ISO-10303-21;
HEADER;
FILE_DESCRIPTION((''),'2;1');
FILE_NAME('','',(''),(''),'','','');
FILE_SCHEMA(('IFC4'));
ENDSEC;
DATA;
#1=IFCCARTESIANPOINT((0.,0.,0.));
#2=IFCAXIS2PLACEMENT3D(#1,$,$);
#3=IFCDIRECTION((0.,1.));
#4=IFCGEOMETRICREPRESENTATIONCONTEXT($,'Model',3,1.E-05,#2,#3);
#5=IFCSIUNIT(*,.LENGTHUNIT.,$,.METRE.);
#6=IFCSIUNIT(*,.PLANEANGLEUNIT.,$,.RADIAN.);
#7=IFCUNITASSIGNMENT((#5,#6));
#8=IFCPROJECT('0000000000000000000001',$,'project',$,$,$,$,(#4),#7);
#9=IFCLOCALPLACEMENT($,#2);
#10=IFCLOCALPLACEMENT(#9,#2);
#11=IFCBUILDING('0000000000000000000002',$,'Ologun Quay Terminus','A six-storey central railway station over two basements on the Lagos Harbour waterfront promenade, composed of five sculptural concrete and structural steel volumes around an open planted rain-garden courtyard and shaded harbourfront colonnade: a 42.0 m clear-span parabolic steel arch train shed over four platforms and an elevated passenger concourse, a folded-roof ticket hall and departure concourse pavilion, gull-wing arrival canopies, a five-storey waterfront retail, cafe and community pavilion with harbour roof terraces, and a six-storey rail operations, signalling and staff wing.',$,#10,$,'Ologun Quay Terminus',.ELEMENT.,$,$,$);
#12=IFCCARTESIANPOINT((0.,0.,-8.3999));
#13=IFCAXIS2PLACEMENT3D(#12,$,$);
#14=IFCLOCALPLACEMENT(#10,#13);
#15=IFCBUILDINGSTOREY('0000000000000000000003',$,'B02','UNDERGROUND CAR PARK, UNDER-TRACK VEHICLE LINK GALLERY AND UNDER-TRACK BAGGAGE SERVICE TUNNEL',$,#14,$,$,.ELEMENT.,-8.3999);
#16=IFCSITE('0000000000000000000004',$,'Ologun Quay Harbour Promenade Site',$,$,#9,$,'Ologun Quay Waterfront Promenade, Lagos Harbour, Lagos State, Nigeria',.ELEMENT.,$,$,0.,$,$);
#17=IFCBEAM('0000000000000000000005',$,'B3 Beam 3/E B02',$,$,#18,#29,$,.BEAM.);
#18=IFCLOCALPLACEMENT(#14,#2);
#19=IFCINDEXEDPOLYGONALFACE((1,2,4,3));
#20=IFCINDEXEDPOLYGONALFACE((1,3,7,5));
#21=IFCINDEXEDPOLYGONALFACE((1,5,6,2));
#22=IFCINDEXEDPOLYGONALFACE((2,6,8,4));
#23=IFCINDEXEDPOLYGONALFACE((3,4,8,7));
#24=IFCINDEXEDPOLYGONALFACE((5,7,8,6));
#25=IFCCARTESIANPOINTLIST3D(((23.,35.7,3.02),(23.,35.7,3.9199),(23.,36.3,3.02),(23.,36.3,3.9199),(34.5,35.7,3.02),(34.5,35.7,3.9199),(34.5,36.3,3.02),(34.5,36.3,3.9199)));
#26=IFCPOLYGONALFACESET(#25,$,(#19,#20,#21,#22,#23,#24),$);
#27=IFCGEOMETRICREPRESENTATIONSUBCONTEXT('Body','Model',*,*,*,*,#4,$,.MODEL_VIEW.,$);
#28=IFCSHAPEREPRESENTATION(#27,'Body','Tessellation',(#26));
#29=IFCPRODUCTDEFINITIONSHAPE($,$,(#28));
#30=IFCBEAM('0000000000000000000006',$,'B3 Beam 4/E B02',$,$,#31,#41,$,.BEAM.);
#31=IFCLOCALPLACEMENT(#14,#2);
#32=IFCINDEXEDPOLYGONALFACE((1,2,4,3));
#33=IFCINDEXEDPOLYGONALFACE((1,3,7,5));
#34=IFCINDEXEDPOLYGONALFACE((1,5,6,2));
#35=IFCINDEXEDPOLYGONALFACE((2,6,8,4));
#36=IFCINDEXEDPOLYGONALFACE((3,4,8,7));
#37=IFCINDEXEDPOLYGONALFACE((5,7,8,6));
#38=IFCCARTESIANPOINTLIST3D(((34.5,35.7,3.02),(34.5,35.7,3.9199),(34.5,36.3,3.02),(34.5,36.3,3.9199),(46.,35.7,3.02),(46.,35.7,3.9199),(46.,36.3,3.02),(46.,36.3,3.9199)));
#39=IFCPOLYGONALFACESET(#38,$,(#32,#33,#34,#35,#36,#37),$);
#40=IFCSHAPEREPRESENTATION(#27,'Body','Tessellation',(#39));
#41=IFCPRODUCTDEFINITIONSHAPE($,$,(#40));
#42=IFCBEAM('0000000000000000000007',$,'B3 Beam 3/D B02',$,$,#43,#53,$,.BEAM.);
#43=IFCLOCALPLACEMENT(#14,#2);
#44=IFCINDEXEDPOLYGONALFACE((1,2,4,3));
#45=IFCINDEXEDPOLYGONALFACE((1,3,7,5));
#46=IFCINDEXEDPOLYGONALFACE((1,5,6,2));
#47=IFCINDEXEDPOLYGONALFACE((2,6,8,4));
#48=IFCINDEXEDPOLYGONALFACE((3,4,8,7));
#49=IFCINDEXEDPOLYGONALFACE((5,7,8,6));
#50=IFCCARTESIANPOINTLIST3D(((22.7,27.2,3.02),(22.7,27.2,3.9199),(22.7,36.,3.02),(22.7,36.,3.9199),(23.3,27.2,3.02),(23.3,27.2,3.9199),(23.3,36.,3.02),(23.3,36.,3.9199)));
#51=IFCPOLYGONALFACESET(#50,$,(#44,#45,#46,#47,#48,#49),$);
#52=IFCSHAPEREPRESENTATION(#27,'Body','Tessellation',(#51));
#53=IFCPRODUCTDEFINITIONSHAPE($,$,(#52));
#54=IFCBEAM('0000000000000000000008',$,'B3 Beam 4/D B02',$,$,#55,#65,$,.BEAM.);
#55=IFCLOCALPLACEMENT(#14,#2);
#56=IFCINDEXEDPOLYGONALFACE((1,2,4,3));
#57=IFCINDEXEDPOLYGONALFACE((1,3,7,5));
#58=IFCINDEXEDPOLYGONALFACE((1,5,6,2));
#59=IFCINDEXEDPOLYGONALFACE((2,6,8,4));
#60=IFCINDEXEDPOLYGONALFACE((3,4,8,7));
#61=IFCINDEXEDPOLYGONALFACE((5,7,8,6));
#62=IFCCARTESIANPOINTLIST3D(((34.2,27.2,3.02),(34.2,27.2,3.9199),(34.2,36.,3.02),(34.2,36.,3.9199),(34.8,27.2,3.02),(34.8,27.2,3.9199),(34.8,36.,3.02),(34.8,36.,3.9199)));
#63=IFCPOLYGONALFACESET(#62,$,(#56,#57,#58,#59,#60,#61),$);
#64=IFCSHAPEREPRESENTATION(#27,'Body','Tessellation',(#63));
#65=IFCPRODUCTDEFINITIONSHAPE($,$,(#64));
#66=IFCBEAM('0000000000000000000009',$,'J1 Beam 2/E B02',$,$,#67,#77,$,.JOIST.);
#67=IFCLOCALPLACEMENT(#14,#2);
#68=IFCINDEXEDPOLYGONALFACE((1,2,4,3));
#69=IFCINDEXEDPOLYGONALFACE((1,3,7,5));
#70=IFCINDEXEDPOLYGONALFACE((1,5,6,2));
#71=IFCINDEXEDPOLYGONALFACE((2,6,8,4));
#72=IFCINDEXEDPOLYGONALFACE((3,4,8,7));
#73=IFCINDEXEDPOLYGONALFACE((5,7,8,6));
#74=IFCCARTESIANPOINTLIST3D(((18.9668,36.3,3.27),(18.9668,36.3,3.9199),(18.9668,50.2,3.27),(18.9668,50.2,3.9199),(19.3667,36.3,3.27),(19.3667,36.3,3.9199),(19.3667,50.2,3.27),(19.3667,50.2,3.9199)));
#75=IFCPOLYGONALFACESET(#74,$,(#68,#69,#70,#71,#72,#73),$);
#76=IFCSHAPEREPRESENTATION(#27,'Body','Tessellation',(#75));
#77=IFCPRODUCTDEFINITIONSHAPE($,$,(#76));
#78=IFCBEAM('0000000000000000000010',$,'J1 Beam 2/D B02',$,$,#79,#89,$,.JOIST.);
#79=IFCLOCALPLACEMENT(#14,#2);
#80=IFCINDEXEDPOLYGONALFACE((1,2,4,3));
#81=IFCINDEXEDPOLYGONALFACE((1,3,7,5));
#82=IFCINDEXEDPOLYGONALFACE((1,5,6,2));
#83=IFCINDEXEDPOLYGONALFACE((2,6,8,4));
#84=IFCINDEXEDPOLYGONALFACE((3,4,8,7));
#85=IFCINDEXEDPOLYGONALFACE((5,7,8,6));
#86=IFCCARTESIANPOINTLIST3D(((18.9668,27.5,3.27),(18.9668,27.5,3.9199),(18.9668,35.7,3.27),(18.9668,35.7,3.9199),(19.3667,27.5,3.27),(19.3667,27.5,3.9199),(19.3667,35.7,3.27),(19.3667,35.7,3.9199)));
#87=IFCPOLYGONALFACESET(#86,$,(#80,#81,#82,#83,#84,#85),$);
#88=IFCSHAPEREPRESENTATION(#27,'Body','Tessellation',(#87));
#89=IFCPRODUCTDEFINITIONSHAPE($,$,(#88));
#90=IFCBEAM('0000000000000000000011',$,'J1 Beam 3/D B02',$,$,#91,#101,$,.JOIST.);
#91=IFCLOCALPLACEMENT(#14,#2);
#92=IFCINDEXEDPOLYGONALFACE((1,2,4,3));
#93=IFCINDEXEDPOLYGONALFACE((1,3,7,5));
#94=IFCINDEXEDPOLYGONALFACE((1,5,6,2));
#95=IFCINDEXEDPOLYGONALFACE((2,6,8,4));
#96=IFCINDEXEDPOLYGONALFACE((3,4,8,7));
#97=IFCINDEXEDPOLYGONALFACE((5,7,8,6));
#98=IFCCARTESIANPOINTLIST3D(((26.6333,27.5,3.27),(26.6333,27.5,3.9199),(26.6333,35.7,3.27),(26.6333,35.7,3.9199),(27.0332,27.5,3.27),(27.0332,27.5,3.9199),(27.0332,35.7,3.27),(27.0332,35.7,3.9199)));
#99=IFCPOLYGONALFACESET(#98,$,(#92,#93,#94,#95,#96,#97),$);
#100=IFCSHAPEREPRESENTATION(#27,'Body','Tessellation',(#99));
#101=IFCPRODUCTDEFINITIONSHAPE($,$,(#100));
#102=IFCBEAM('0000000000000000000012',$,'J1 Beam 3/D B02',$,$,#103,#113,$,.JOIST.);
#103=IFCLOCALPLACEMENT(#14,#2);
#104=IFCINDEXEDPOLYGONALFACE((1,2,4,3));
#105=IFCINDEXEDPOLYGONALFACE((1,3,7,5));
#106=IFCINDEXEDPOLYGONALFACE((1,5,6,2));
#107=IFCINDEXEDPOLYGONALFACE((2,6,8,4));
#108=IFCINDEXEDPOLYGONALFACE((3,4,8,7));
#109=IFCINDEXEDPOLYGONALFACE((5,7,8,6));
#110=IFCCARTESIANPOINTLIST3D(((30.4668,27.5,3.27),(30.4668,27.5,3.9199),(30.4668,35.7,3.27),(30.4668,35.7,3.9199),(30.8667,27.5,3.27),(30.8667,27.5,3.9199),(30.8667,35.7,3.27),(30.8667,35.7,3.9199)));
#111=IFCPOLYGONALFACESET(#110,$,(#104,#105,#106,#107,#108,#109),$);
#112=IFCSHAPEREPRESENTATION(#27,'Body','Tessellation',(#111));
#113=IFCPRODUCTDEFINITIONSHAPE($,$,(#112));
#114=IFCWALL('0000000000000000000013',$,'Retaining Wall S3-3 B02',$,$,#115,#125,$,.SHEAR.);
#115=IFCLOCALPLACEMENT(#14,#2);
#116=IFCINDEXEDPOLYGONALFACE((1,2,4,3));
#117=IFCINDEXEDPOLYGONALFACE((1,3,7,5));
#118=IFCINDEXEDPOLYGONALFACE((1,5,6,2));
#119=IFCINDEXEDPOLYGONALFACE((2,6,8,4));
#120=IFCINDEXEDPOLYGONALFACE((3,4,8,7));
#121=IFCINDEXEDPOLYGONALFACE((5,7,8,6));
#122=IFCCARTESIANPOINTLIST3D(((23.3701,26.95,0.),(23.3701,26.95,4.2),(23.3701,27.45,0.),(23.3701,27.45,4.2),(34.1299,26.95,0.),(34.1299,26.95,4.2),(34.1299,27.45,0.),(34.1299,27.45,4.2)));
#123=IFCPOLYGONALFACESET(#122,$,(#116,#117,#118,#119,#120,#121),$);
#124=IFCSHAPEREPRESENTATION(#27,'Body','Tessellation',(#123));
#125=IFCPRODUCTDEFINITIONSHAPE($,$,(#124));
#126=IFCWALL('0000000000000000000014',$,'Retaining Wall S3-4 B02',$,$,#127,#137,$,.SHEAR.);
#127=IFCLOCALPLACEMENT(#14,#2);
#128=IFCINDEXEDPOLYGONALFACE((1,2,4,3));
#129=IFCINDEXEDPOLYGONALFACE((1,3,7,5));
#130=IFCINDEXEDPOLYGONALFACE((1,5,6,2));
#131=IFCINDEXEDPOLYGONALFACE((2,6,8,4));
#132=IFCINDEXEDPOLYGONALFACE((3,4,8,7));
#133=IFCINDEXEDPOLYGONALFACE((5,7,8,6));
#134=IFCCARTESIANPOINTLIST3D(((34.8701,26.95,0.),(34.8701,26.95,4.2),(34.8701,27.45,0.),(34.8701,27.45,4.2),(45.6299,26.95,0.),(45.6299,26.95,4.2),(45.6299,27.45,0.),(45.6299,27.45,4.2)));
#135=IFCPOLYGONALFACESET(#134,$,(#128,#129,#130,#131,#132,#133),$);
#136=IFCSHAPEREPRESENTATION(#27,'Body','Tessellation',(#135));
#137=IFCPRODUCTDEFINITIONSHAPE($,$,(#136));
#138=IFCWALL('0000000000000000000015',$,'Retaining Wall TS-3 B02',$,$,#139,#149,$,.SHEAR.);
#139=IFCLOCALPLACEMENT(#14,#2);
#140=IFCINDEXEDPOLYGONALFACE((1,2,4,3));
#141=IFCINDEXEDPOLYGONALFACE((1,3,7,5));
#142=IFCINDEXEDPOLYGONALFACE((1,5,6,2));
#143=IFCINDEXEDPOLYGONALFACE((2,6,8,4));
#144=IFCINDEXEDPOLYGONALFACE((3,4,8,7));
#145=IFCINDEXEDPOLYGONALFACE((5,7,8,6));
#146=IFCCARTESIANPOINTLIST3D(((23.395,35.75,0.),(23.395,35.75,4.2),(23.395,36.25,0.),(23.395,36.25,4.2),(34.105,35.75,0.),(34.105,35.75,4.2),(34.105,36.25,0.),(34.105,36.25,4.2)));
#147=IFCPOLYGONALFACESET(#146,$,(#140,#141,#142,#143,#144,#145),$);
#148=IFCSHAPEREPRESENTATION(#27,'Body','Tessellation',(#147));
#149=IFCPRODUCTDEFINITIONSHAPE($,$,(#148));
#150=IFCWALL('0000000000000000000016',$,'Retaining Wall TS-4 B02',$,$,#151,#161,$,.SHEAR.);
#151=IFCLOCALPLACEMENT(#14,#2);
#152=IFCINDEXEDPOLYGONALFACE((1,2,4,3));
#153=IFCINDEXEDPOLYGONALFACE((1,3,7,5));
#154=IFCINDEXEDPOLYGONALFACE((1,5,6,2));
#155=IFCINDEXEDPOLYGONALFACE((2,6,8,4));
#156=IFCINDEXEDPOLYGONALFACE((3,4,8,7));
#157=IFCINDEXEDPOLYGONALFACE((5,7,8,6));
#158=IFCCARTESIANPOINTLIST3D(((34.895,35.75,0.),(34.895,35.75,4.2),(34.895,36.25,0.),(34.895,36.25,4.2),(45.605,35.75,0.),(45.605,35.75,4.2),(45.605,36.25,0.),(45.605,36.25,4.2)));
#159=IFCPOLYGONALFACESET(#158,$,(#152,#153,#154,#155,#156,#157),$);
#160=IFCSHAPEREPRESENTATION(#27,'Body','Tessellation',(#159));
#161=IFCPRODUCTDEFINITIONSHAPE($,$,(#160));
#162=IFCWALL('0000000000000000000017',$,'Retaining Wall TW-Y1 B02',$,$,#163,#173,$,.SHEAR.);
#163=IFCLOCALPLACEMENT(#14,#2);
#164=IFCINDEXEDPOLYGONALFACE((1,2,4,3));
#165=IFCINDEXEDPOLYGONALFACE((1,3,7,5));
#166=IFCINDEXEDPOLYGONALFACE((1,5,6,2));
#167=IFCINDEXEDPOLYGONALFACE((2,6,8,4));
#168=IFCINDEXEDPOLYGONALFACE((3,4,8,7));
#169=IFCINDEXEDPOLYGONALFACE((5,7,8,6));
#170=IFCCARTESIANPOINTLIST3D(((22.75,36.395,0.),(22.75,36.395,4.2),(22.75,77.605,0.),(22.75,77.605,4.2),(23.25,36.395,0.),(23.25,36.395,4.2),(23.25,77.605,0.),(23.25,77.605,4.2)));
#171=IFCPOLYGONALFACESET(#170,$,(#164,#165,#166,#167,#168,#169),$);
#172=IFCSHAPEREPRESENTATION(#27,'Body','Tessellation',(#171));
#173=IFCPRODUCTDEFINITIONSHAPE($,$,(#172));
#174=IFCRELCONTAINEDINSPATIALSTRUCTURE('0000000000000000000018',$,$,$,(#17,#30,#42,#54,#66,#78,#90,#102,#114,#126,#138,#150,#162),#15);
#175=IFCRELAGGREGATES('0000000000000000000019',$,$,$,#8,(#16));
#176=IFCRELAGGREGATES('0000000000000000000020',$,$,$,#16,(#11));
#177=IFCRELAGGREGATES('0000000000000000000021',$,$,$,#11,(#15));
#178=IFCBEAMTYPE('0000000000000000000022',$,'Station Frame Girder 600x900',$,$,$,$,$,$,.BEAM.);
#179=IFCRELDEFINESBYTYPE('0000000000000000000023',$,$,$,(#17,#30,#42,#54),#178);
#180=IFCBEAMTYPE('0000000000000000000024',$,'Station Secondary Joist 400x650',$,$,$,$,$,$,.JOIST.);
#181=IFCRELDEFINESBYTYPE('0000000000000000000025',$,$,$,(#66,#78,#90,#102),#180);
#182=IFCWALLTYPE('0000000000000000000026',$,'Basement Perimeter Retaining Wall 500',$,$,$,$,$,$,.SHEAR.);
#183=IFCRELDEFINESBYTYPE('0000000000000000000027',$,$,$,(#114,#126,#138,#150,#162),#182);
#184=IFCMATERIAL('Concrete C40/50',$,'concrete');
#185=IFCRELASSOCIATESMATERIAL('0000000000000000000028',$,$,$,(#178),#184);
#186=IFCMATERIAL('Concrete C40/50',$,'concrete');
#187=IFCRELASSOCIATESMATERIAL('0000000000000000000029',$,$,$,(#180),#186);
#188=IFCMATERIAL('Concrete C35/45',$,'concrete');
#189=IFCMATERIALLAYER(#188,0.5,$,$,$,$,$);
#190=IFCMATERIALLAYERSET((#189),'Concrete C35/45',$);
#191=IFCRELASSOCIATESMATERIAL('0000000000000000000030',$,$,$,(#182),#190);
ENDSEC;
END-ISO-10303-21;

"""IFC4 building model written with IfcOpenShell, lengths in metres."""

from ifc_helpers import new_model, si_unit, direction, frame, frame_2d, origin, origin_2d, place, context, subcontext, project, spatial, rectangle, extrude, material, layer, layer_set, material_profile, profile_set, type_object, element, save


model = new_model("IFC4")

# Units and contexts
model_context = context("Model", 3, precision=1e-05, world=origin(), true_north=direction((0.0, 1.0)))
body_context = subcontext(model_context, "Body", "Model", "MODEL_VIEW")
ifc_project = project(units=[si_unit("LENGTHUNIT", "METRE"), si_unit("PLANEANGLEUNIT", "RADIAN")], contexts=[model_context])

# Site, building, storey
site_placement = place(None, origin())
site = spatial("IfcSite", under=ifc_project, at=site_placement, Name="Ologun Quay Harbour Promenade Site", LongName="Ologun Quay Waterfront Promenade, Lagos Harbour, Lagos State, Nigeria", CompositionType="ELEMENT", RefElevation=0.0)
building_placement = place(site_placement, origin())
building = spatial("IfcBuilding", under=site, at=building_placement, Name="Ologun Quay Terminus", Description="A six-storey central railway station over two basements on the Lagos Harbour waterfront promenade, composed of five sculptural concrete and structural steel volumes around an open planted rain-garden courtyard and shaded harbourfront colonnade: a 42.0 m clear-span parabolic steel arch train shed over four platforms and an elevated passenger concourse, a folded-roof ticket hall and departure concourse pavilion, gull-wing arrival canopies, a five-storey waterfront retail, cafe and community pavilion with harbour roof terraces, and a six-storey rail operations, signalling and staff wing.", LongName="Ologun Quay Terminus", CompositionType="ELEMENT")
storey_placement = place(building_placement, frame((0.0, 0.0, -8.3999)))
storey = spatial("IfcBuildingStorey", under=building, at=storey_placement, Name="B02", Description="UNDERGROUND CAR PARK, UNDER-TRACK VEHICLE LINK GALLERY AND UNDER-TRACK BAGGAGE SERVICE TUNNEL", CompositionType="ELEMENT", Elevation=-8.3999)

# Beams
ifc_material_1 = material(Name="Concrete C40/50", Category="concrete")
ifc_material_profile_1 = material_profile(ifc_material_1, rectangle(XDim=0.6001, YDim=0.8999, at=origin_2d()), Name="RC 600x900")
ifc_profile_set_1 = profile_set([ifc_material_profile_1], Name="Concrete C40/50")
beam_type_1 = type_object("IfcBeamType", Name="Station Frame Girder 600x900", PredefinedType="BEAM", material=ifc_profile_set_1)
for number, where, z_axis, x_axis, name in (
    (1, (23.0, 36.0, 3.47), (1.0, 0.0, 0.0), (0.0, 1.0, 0.0), "B3 Beam 3/E B02"),
    (2, (34.5, 36.0, 3.47), (1.0, 0.0, 0.0), (0.0, 1.0, 0.0), "B3 Beam 4/E B02"),
):
    element("IfcBeam", number, at=place(storey_placement, frame(where, z_axis=z_axis, x_axis=x_axis)), inside=storey, type_object=beam_type_1, Name=name, PredefinedType="BEAM", context=body_context, shape_type="SweptSolid", body=[
        extrude(rectangle(XDim=0.6001, YDim=0.8999, at=origin_2d()), origin(), (0.0, 0.0, 1.0), 11.5),
    ])
for number, where, z_axis, x_axis, name in (
    (3, (23.0, 27.2, 3.47), (0.0, 1.0, 0.0), (-1.0, 0.0, 0.0), "B3 Beam 3/D B02"),
    (4, (34.5, 27.2, 3.47), (0.0, 1.0, 0.0), (-1.0, 0.0, 0.0), "B3 Beam 4/D B02"),
):
    element("IfcBeam", number, at=place(storey_placement, frame(where, z_axis=z_axis, x_axis=x_axis)), inside=storey, type_object=beam_type_1, Name=name, PredefinedType="BEAM", context=body_context, shape_type="SweptSolid", body=[
        extrude(rectangle(XDim=0.6001, YDim=0.8999, at=origin_2d()), origin(), (0.0, 0.0, 1.0), 8.8),
    ])
ifc_material_2 = material(Name="Concrete C40/50", Category="concrete")
ifc_material_profile_2 = material_profile(ifc_material_2, rectangle(XDim=0.3999, YDim=0.6499, at=origin_2d()), Name="RC 400x650")
ifc_profile_set_2 = profile_set([ifc_material_profile_2], Name="Concrete C40/50")
beam_type_2 = type_object("IfcBeamType", Name="Station Secondary Joist 400x650", PredefinedType="JOIST", material=ifc_profile_set_2)
beam_1_placement = place(storey_placement, frame((19.1667, 36.3, 3.595), z_axis=(0.0, 1.0, 0.0), x_axis=(-1.0, 0.0, 0.0)))
element("IfcBeam", 5, at=beam_1_placement, inside=storey, type_object=beam_type_2, Name="J1 Beam 2/E B02", PredefinedType="JOIST", context=body_context, shape_type="SweptSolid", body=[
    extrude(rectangle(XDim=0.3999, YDim=0.6499, at=origin_2d()), origin(), (0.0, 0.0, 1.0), 13.8999),
])
for number, where, z_axis, x_axis, name in (
    (6, (19.1667, 27.5, 3.595), (0.0, 1.0, 0.0), (-1.0, 0.0, 0.0), "J1 Beam 2/D B02"),
    (7, (26.8333, 27.5, 3.595), (0.0, 1.0, 0.0), (-1.0, 0.0, 0.0), "J1 Beam 3/D B02"),
    (8, (30.6667, 27.5, 3.595), (0.0, 1.0, 0.0), (-1.0, 0.0, 0.0), "J1 Beam 3/D B02"),
):
    element("IfcBeam", number, at=place(storey_placement, frame(where, z_axis=z_axis, x_axis=x_axis)), inside=storey, type_object=beam_type_2, Name=name, PredefinedType="JOIST", context=body_context, shape_type="SweptSolid", body=[
        extrude(rectangle(XDim=0.3999, YDim=0.6499, at=origin_2d()), origin(), (0.0, 0.0, 1.0), 8.2),
    ])

# Walls
ifc_material_3 = material(Name="Concrete C35/45", Category="concrete")
ifc_layer = layer(ifc_material_3, 0.5)
ifc_layer_set = layer_set([ifc_layer], Name="Concrete C35/45")
wall_type = type_object("IfcWallType", Name="Basement Perimeter Retaining Wall 500", PredefinedType="SHEAR", material=ifc_layer_set)
for number, where, z_axis, x_axis, name in (
    (9, (23.3701, 27.2, 0.0), (0.0, 0.0, 1.0), (1.0, 0.0, 0.0), "Retaining Wall S3-3 B02"),
    (10, (34.8701, 27.2, 0.0), (0.0, 0.0, 1.0), (1.0, 0.0, 0.0), "Retaining Wall S3-4 B02"),
):
    element("IfcWall", number, at=place(storey_placement, frame(where, z_axis=z_axis, x_axis=x_axis)), inside=storey, type_object=wall_type, Name=name, PredefinedType="SHEAR", context=body_context, shape_type="SweptSolid", body=[
        extrude(rectangle(XDim=10.7598, YDim=0.5, at=frame_2d((5.3799, 0.0))), origin(), (0.0, 0.0, 1.0), 4.2),
    ])
for number, where, z_axis, x_axis, name in (
    (11, (23.395, 36.0, 0.0), (0.0, 0.0, 1.0), (1.0, 0.0, 0.0), "Retaining Wall TS-3 B02"),
    (12, (34.895, 36.0, 0.0), (0.0, 0.0, 1.0), (1.0, 0.0, 0.0), "Retaining Wall TS-4 B02"),
):
    element("IfcWall", number, at=place(storey_placement, frame(where, z_axis=z_axis, x_axis=x_axis)), inside=storey, type_object=wall_type, Name=name, PredefinedType="SHEAR", context=body_context, shape_type="SweptSolid", body=[
        extrude(rectangle(XDim=10.71, YDim=0.5, at=frame_2d((5.355, 0.0))), origin(), (0.0, 0.0, 1.0), 4.2),
    ])
wall_placement = place(storey_placement, frame((23.0, 36.395, 0.0), z_axis=(0.0, 0.0, 1.0), x_axis=(0.0, 1.0, 0.0)))
element("IfcWall", 13, at=wall_placement, inside=storey, type_object=wall_type, Name="Retaining Wall TW-Y1 B02", PredefinedType="SHEAR", context=body_context, shape_type="SweptSolid", body=[
    extrude(rectangle(XDim=41.21, YDim=0.5, at=frame_2d((20.605, 0.0))), origin(), (0.0, 0.0, 1.0), 4.2),
])

save(model, "model.ifc")
